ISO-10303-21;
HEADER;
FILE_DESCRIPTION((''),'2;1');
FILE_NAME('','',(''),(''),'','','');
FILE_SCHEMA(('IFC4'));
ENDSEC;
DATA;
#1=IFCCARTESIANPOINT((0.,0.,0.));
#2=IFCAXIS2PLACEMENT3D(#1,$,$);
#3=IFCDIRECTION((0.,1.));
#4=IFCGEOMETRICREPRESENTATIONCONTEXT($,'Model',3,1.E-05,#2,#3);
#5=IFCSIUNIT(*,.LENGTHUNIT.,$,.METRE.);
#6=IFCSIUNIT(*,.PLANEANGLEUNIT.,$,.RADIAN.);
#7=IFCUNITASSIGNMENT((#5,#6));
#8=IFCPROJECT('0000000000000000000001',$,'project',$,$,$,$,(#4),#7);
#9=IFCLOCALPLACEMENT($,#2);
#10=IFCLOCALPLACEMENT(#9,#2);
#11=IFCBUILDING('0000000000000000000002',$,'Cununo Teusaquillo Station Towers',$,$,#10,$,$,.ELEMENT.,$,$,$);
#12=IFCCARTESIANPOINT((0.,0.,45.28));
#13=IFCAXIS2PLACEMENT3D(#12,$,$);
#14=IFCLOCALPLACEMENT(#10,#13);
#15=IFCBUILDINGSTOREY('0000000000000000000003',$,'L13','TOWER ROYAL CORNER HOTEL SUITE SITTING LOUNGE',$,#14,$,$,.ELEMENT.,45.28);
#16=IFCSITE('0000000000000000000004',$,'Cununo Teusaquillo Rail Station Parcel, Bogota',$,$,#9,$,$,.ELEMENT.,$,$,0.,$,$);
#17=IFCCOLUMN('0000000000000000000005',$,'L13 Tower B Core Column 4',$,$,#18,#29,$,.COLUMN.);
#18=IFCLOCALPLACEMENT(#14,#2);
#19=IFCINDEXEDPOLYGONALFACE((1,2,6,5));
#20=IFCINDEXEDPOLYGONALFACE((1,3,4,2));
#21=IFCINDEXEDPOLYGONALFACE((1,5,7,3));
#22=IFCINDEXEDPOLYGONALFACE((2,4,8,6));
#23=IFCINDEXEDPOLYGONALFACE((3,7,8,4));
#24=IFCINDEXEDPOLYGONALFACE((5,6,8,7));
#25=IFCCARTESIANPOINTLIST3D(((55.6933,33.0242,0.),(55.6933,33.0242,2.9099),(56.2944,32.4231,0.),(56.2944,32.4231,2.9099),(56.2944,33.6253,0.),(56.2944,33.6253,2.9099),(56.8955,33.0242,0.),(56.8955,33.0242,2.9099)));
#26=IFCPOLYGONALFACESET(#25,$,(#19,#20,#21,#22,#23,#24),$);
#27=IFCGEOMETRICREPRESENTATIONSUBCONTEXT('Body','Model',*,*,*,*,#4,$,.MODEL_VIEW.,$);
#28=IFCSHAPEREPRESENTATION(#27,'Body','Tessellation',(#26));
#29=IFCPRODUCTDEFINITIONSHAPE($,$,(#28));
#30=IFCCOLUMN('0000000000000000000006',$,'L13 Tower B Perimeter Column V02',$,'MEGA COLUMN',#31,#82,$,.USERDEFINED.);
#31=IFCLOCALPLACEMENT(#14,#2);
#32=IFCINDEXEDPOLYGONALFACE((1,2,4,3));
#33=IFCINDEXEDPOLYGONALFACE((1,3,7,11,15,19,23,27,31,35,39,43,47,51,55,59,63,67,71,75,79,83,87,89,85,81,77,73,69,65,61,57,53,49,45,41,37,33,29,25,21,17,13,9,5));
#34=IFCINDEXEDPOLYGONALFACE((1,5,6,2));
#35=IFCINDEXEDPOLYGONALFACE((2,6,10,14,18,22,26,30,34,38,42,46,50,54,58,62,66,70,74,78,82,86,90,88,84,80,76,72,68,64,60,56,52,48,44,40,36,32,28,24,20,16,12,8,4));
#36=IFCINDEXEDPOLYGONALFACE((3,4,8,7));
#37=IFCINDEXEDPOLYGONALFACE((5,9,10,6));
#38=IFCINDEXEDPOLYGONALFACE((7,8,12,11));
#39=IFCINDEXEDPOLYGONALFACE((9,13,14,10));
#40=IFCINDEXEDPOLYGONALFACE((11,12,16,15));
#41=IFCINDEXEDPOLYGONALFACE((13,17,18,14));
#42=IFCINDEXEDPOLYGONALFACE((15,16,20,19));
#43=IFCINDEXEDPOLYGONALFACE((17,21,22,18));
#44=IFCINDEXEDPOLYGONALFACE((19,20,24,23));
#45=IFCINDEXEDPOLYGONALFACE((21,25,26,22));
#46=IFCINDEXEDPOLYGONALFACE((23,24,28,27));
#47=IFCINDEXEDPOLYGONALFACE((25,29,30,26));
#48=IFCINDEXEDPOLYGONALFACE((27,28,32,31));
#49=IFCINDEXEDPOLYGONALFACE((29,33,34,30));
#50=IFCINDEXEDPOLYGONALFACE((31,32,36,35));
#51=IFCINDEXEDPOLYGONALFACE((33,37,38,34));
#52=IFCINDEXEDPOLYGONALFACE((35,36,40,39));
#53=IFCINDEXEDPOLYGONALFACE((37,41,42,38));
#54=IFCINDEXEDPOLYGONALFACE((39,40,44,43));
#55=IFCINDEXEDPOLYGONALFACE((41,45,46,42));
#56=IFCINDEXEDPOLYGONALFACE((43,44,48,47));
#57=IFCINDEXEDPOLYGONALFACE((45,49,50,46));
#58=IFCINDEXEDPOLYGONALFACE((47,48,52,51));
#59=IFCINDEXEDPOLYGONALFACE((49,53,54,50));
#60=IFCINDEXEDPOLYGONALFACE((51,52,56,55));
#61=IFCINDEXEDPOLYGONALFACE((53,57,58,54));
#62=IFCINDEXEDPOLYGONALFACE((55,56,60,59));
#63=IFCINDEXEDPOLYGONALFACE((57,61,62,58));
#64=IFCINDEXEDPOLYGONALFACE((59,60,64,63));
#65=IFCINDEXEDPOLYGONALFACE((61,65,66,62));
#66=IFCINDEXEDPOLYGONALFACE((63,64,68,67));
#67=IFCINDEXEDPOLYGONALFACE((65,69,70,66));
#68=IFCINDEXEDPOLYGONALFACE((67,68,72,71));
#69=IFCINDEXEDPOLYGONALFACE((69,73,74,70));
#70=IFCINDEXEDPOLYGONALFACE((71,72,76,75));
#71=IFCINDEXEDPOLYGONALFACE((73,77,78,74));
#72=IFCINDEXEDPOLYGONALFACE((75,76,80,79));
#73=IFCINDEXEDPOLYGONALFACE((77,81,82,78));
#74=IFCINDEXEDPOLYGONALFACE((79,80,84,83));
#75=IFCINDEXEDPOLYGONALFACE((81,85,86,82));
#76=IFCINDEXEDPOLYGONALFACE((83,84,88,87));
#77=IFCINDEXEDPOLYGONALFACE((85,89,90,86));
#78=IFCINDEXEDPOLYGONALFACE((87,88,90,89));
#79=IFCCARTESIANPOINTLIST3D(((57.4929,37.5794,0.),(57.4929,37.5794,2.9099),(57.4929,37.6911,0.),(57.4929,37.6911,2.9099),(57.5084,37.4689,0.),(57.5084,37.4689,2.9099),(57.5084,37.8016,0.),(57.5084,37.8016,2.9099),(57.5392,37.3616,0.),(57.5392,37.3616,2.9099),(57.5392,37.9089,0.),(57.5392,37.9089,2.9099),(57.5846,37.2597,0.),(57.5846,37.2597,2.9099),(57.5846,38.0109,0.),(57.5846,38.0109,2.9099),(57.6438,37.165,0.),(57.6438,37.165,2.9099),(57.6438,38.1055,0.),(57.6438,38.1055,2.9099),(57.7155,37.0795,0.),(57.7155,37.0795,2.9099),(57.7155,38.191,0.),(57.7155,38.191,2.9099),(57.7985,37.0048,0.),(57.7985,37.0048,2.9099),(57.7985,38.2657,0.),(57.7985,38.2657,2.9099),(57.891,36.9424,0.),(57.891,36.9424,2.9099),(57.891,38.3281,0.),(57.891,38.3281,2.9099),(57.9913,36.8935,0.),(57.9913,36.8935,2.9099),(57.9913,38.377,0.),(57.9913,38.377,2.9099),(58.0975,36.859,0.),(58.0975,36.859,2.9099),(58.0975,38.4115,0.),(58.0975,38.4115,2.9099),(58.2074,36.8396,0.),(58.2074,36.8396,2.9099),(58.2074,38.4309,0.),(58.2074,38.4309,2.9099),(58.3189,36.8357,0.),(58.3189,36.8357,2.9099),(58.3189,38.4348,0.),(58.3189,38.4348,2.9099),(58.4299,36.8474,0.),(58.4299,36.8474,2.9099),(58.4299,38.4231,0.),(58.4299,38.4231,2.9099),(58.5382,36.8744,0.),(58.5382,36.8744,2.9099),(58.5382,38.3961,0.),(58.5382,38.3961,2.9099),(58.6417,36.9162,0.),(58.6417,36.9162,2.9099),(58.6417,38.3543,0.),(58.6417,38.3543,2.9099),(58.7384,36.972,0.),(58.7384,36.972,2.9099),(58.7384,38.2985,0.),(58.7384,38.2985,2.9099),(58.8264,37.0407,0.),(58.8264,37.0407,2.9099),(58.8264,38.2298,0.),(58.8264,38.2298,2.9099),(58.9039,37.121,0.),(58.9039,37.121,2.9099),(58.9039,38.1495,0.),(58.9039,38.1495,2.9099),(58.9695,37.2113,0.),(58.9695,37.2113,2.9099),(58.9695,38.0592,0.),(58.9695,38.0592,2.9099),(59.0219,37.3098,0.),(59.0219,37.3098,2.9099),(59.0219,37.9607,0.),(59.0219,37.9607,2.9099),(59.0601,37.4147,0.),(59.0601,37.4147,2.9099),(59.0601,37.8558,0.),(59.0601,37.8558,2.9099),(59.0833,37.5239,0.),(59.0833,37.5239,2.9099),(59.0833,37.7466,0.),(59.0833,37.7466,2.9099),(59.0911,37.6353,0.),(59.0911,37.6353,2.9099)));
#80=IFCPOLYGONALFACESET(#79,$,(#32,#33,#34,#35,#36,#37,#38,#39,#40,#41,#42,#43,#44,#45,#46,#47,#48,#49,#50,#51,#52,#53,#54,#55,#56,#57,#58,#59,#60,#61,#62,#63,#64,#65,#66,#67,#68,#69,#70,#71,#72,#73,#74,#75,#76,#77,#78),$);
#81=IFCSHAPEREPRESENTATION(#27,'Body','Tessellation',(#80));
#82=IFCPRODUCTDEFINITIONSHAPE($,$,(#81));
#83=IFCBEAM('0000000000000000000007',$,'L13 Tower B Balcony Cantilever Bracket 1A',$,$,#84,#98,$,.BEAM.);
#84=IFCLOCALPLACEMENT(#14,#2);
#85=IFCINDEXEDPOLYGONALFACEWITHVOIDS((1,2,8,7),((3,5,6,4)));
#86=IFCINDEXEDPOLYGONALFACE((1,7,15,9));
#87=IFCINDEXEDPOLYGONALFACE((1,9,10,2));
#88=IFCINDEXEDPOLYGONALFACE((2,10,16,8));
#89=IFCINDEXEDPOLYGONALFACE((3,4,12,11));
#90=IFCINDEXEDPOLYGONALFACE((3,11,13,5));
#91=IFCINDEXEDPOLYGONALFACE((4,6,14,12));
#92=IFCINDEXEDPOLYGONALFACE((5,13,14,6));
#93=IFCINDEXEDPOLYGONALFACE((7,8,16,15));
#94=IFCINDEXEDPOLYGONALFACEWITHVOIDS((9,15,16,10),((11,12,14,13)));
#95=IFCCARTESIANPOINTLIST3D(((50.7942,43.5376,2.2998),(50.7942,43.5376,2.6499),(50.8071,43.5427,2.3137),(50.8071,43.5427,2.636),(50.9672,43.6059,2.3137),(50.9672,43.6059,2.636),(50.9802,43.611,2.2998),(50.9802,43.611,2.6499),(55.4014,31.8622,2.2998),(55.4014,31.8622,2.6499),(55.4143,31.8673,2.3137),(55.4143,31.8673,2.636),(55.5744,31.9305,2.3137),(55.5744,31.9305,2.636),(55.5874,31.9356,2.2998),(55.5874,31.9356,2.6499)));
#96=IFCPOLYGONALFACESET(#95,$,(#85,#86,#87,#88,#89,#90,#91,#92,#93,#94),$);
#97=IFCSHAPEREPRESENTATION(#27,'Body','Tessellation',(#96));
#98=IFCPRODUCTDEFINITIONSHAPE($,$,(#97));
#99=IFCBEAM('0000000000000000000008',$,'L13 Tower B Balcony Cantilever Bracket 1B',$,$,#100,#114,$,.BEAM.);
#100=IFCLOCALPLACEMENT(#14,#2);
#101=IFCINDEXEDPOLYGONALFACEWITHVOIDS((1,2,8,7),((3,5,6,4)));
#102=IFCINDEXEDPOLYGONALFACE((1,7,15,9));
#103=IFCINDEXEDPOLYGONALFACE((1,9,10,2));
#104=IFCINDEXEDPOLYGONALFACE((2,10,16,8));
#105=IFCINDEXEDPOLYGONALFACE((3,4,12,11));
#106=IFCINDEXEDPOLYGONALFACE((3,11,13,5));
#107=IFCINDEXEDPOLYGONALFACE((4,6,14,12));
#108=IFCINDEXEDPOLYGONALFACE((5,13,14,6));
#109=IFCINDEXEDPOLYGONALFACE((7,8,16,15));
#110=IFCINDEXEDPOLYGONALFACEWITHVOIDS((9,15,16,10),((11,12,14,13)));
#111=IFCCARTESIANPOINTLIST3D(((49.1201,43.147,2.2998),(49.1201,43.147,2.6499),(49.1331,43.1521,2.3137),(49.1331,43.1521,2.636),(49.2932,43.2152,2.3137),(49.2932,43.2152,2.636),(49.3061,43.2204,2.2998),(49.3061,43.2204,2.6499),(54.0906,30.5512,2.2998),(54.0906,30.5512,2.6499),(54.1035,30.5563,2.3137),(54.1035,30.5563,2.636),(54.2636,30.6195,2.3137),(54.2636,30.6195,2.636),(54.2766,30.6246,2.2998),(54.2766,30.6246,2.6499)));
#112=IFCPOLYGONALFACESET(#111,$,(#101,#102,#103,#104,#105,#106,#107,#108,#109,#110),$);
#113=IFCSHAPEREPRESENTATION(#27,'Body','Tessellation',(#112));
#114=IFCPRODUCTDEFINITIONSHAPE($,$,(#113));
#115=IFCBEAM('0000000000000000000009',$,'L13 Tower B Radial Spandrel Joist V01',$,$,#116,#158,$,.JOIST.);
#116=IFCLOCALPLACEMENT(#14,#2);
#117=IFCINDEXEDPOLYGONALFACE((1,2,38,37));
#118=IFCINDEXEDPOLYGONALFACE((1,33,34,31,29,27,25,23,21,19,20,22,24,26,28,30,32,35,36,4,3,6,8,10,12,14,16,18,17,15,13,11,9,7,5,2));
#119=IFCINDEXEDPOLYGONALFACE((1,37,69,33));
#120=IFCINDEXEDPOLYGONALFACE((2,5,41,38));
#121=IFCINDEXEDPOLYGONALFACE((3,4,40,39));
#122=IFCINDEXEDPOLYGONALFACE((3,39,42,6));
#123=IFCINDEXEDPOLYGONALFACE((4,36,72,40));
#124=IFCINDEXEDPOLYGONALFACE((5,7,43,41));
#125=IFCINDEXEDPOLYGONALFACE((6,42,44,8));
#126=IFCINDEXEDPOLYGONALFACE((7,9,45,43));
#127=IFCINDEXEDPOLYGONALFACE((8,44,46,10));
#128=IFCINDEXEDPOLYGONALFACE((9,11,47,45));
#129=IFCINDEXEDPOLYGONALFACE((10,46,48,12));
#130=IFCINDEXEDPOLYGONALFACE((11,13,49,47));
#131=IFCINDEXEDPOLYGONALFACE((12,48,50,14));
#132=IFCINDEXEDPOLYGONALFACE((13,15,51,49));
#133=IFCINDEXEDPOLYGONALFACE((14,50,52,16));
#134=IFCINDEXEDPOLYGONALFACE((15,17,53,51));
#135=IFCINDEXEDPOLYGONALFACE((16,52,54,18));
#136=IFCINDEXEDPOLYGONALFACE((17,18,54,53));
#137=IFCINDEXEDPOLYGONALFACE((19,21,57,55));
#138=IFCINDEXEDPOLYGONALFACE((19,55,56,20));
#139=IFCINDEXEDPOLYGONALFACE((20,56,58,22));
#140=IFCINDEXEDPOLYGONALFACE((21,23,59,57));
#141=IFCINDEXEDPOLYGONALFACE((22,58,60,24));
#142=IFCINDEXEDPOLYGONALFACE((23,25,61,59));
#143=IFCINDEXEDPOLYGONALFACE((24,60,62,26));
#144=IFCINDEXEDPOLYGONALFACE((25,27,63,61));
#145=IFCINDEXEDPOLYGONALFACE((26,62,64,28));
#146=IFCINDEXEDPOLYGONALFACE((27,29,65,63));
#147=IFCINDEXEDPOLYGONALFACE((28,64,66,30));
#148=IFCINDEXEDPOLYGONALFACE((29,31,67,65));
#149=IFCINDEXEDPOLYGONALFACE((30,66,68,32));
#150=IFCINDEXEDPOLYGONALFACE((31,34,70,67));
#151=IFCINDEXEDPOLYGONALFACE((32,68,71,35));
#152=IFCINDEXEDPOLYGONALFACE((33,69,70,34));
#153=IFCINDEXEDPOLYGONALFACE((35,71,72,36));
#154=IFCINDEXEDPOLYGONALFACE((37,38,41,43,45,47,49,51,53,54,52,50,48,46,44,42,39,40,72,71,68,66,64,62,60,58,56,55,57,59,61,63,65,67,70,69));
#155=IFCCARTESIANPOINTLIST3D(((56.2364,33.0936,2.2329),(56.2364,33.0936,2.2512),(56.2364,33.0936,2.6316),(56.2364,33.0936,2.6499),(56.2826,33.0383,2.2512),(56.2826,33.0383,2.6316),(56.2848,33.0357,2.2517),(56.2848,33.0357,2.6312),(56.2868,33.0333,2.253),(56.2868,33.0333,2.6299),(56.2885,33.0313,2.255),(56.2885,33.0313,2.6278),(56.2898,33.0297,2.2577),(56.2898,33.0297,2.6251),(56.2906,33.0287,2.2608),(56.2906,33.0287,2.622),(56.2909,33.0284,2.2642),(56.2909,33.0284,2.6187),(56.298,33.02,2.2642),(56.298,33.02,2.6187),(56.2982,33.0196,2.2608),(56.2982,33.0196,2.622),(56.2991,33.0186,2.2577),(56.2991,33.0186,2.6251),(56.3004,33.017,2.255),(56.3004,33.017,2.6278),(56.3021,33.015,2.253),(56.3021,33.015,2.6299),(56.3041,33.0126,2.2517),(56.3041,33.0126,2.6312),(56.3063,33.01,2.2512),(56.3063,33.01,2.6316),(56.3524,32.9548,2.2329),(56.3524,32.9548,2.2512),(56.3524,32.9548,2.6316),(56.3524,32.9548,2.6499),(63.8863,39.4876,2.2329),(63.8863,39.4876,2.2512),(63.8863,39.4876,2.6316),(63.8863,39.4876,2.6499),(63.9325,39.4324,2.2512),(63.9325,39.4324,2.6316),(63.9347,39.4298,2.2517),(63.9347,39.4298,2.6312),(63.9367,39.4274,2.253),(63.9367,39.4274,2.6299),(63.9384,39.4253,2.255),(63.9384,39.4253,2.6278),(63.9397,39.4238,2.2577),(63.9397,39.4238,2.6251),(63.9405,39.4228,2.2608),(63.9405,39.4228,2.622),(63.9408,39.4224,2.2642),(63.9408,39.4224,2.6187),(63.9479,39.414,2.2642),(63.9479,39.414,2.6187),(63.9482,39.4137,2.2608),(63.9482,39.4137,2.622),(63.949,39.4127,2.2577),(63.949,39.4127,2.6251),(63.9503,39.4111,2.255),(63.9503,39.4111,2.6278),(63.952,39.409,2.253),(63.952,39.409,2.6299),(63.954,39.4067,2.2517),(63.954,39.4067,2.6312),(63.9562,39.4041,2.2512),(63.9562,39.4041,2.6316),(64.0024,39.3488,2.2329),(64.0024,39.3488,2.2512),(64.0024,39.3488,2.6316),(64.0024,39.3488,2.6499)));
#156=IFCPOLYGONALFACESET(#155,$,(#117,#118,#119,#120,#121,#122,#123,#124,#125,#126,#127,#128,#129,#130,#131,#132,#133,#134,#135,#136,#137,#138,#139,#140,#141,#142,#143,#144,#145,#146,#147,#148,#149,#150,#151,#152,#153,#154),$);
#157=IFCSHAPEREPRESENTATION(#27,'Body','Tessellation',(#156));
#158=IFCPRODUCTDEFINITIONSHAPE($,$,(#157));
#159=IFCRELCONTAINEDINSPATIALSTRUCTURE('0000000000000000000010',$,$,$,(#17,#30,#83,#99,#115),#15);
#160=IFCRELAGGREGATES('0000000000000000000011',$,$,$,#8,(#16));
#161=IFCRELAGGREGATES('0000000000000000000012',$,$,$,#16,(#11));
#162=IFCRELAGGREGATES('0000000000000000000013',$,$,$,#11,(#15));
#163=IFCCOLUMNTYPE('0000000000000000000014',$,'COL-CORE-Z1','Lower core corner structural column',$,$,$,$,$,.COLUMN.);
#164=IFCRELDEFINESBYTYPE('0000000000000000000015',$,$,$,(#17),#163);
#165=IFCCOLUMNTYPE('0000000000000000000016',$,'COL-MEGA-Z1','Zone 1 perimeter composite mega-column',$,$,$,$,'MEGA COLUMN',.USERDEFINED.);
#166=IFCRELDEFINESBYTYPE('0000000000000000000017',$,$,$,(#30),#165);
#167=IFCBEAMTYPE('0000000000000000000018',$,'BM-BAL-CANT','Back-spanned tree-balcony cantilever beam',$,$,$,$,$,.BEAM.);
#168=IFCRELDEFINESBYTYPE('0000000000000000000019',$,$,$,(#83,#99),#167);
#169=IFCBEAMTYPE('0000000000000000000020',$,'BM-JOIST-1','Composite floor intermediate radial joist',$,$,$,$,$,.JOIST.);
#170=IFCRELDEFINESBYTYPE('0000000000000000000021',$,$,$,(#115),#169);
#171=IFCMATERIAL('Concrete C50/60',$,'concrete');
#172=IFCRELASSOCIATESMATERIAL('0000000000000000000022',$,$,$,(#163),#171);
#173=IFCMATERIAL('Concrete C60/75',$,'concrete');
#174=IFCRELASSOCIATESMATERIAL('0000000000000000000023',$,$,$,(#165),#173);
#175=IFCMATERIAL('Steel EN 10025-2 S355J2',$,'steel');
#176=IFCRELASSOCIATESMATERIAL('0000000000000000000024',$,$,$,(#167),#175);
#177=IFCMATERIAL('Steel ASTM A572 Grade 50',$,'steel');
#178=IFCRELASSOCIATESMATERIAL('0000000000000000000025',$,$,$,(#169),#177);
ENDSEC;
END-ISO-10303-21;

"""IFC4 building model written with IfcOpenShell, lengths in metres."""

from ifc_helpers import new_model, si_unit, direction, frame, origin, origin_2d, place, context, subcontext, project, spatial, rectangle, hollow_rectangle, circle, i_section, extrude, material, material_profile, profile_set, type_object, element, save


model = new_model("IFC4")

# Units and contexts
model_context = context("Model", 3, precision=1e-05, world=origin(), true_north=direction((0.0, 1.0)))
body_context = subcontext(model_context, "Body", "Model", "MODEL_VIEW")
ifc_project = project(units=[si_unit("LENGTHUNIT", "METRE"), si_unit("PLANEANGLEUNIT", "RADIAN")], contexts=[model_context])

# Site, building, storey
site_placement = place(None, origin())
site = spatial("IfcSite", under=ifc_project, at=site_placement, Name="Cununo Teusaquillo Rail Station Parcel, Bogota", CompositionType="ELEMENT", RefElevation=0.0)
building_placement = place(site_placement, origin())
building = spatial("IfcBuilding", under=site, at=building_placement, Name="Cununo Teusaquillo Station Towers", CompositionType="ELEMENT")
storey_placement = place(building_placement, frame((0.0, 0.0, 45.28)))
storey = spatial("IfcBuildingStorey", under=building, at=storey_placement, Name="L13", Description="TOWER ROYAL CORNER HOTEL SUITE SITTING LOUNGE", CompositionType="ELEMENT", Elevation=45.28)

# Columns
ifc_material_1 = material(Name="Concrete C50/60", Category="concrete")
ifc_material_profile_1 = material_profile(ifc_material_1, rectangle(XDim=0.8501, YDim=0.8501, at=origin_2d()), Name="RC-RECT-850x850")
ifc_profile_set_1 = profile_set([ifc_material_profile_1], Name="Concrete C50/60")
column_type_1 = type_object("IfcColumnType", Name="COL-CORE-Z1", Description="Lower core corner structural column", PredefinedType="COLUMN", material=ifc_profile_set_1)
column_1_placement = place(storey_placement, frame((56.2944, 33.0242, 0.0), z_axis=(0.0, 0.0, 1.0), x_axis=(0.707107, 0.707107, 0.0)))
element("IfcColumn", 1, at=column_1_placement, inside=storey, type_object=column_type_1, Name="L13 Tower B Core Column 4", PredefinedType="COLUMN", context=body_context, shape_type="SweptSolid", body=[
    extrude(rectangle(XDim=0.8501, YDim=0.8501, at=origin_2d()), origin(), (0.0, 0.0, 1.0), 2.9099),
])
ifc_material_2 = material(Name="Concrete C60/75", Category="concrete")
ifc_material_profile_2 = material_profile(ifc_material_2, circle(Radius=0.8, at=origin_2d()), Name="RC-CIRC-1600")
ifc_profile_set_2 = profile_set([ifc_material_profile_2], Name="Concrete C60/75")
column_type_2 = type_object("IfcColumnType", Name="COL-MEGA-Z1", Description="Zone 1 perimeter composite mega-column", ElementType="MEGA COLUMN", PredefinedType="USERDEFINED", material=ifc_profile_set_2)
column_2_placement = place(storey_placement, frame((58.291, 37.6353, 0.0), z_axis=(0.0, 0.0, 1.0), x_axis=(1.0, 0.0, 0.0)))
element("IfcColumn", 2, at=column_2_placement, inside=storey, type_object=column_type_2, Name="L13 Tower B Perimeter Column V02", ObjectType="MEGA COLUMN", PredefinedType="USERDEFINED", context=body_context, shape_type="SweptSolid", body=[
    extrude(circle(Radius=0.8, at=origin_2d()), origin(), (0.0, 0.0, 1.0), 2.9099),
])

# Beams
ifc_material_3 = material(Name="Steel EN 10025-2 S355J2", Category="steel")
ifc_material_profile_3 = material_profile(ifc_material_3, hollow_rectangle(XDim=0.2, YDim=0.3501, WallThickness=0.0139, at=origin_2d()), Name="RHS 350x200x14")
ifc_profile_set_3 = profile_set([ifc_material_profile_3], Name="Steel EN 10025-2 S355J2")
beam_type_1 = type_object("IfcBeamType", Name="BM-BAL-CANT", Description="Back-spanned tree-balcony cantilever beam", PredefinedType="BEAM", material=ifc_profile_set_3)
beam_1_placement = place(storey_placement, frame((55.4944, 31.8989, 2.4749), z_axis=(-0.367064, 0.930196, 0.0), x_axis=(-0.930196, -0.367064, 0.0)))
element("IfcBeam", 3, at=beam_1_placement, inside=storey, type_object=beam_type_1, Name="L13 Tower B Balcony Cantilever Bracket 1A", PredefinedType="BEAM", context=body_context, shape_type="SweptSolid", body=[
    extrude(hollow_rectangle(XDim=0.2, YDim=0.3501, WallThickness=0.0139, at=origin_2d()), origin(), (0.0, 0.0, 1.0), 12.5515),
])
beam_2_placement = place(storey_placement, frame((54.1836, 30.5879, 2.4749), z_axis=(-0.367069, 0.930194, 0.0), x_axis=(-0.930194, -0.367069, 0.0)))
element("IfcBeam", 4, at=beam_2_placement, inside=storey, type_object=beam_type_1, Name="L13 Tower B Balcony Cantilever Bracket 1B", PredefinedType="BEAM", context=body_context, shape_type="SweptSolid", body=[
    extrude(hollow_rectangle(XDim=0.2, YDim=0.3501, WallThickness=0.0139, at=origin_2d()), origin(), (0.0, 0.0, 1.0), 13.541),
])
ifc_material_4 = material(Name="Steel ASTM A572 Grade 50", Category="steel")
ifc_material_profile_4 = material_profile(ifc_material_4, i_section(OverallWidth=0.1809, OverallDepth=0.417, WebThickness=0.011, FlangeThickness=0.0183, FilletRadius=0.0129, at=origin_2d()), Name="W16X57")
ifc_profile_set_4 = profile_set([ifc_material_profile_4], Name="Steel ASTM A572 Grade 50")
beam_type_2 = type_object("IfcBeamType", Name="BM-JOIST-1", Description="Composite floor intermediate radial joist", PredefinedType="JOIST", material=ifc_profile_set_4)
beam_3_placement = place(storey_placement, frame((56.2944, 33.0242, 2.4414), z_axis=(0.767277, 0.641316, 0.0), x_axis=(-0.641316, 0.767277, 0.0)))
element("IfcBeam", 5, at=beam_3_placement, inside=storey, type_object=beam_type_2, Name="L13 Tower B Radial Spandrel Joist V01", PredefinedType="JOIST", context=body_context, shape_type="SweptSolid", body=[
    extrude(i_section(OverallWidth=0.1809, OverallDepth=0.417, WebThickness=0.011, FlangeThickness=0.0183, FilletRadius=0.0129, at=origin_2d()), origin(), (0.0, 0.0, 1.0), 9.9702),
])

save(model, "model.ifc")
